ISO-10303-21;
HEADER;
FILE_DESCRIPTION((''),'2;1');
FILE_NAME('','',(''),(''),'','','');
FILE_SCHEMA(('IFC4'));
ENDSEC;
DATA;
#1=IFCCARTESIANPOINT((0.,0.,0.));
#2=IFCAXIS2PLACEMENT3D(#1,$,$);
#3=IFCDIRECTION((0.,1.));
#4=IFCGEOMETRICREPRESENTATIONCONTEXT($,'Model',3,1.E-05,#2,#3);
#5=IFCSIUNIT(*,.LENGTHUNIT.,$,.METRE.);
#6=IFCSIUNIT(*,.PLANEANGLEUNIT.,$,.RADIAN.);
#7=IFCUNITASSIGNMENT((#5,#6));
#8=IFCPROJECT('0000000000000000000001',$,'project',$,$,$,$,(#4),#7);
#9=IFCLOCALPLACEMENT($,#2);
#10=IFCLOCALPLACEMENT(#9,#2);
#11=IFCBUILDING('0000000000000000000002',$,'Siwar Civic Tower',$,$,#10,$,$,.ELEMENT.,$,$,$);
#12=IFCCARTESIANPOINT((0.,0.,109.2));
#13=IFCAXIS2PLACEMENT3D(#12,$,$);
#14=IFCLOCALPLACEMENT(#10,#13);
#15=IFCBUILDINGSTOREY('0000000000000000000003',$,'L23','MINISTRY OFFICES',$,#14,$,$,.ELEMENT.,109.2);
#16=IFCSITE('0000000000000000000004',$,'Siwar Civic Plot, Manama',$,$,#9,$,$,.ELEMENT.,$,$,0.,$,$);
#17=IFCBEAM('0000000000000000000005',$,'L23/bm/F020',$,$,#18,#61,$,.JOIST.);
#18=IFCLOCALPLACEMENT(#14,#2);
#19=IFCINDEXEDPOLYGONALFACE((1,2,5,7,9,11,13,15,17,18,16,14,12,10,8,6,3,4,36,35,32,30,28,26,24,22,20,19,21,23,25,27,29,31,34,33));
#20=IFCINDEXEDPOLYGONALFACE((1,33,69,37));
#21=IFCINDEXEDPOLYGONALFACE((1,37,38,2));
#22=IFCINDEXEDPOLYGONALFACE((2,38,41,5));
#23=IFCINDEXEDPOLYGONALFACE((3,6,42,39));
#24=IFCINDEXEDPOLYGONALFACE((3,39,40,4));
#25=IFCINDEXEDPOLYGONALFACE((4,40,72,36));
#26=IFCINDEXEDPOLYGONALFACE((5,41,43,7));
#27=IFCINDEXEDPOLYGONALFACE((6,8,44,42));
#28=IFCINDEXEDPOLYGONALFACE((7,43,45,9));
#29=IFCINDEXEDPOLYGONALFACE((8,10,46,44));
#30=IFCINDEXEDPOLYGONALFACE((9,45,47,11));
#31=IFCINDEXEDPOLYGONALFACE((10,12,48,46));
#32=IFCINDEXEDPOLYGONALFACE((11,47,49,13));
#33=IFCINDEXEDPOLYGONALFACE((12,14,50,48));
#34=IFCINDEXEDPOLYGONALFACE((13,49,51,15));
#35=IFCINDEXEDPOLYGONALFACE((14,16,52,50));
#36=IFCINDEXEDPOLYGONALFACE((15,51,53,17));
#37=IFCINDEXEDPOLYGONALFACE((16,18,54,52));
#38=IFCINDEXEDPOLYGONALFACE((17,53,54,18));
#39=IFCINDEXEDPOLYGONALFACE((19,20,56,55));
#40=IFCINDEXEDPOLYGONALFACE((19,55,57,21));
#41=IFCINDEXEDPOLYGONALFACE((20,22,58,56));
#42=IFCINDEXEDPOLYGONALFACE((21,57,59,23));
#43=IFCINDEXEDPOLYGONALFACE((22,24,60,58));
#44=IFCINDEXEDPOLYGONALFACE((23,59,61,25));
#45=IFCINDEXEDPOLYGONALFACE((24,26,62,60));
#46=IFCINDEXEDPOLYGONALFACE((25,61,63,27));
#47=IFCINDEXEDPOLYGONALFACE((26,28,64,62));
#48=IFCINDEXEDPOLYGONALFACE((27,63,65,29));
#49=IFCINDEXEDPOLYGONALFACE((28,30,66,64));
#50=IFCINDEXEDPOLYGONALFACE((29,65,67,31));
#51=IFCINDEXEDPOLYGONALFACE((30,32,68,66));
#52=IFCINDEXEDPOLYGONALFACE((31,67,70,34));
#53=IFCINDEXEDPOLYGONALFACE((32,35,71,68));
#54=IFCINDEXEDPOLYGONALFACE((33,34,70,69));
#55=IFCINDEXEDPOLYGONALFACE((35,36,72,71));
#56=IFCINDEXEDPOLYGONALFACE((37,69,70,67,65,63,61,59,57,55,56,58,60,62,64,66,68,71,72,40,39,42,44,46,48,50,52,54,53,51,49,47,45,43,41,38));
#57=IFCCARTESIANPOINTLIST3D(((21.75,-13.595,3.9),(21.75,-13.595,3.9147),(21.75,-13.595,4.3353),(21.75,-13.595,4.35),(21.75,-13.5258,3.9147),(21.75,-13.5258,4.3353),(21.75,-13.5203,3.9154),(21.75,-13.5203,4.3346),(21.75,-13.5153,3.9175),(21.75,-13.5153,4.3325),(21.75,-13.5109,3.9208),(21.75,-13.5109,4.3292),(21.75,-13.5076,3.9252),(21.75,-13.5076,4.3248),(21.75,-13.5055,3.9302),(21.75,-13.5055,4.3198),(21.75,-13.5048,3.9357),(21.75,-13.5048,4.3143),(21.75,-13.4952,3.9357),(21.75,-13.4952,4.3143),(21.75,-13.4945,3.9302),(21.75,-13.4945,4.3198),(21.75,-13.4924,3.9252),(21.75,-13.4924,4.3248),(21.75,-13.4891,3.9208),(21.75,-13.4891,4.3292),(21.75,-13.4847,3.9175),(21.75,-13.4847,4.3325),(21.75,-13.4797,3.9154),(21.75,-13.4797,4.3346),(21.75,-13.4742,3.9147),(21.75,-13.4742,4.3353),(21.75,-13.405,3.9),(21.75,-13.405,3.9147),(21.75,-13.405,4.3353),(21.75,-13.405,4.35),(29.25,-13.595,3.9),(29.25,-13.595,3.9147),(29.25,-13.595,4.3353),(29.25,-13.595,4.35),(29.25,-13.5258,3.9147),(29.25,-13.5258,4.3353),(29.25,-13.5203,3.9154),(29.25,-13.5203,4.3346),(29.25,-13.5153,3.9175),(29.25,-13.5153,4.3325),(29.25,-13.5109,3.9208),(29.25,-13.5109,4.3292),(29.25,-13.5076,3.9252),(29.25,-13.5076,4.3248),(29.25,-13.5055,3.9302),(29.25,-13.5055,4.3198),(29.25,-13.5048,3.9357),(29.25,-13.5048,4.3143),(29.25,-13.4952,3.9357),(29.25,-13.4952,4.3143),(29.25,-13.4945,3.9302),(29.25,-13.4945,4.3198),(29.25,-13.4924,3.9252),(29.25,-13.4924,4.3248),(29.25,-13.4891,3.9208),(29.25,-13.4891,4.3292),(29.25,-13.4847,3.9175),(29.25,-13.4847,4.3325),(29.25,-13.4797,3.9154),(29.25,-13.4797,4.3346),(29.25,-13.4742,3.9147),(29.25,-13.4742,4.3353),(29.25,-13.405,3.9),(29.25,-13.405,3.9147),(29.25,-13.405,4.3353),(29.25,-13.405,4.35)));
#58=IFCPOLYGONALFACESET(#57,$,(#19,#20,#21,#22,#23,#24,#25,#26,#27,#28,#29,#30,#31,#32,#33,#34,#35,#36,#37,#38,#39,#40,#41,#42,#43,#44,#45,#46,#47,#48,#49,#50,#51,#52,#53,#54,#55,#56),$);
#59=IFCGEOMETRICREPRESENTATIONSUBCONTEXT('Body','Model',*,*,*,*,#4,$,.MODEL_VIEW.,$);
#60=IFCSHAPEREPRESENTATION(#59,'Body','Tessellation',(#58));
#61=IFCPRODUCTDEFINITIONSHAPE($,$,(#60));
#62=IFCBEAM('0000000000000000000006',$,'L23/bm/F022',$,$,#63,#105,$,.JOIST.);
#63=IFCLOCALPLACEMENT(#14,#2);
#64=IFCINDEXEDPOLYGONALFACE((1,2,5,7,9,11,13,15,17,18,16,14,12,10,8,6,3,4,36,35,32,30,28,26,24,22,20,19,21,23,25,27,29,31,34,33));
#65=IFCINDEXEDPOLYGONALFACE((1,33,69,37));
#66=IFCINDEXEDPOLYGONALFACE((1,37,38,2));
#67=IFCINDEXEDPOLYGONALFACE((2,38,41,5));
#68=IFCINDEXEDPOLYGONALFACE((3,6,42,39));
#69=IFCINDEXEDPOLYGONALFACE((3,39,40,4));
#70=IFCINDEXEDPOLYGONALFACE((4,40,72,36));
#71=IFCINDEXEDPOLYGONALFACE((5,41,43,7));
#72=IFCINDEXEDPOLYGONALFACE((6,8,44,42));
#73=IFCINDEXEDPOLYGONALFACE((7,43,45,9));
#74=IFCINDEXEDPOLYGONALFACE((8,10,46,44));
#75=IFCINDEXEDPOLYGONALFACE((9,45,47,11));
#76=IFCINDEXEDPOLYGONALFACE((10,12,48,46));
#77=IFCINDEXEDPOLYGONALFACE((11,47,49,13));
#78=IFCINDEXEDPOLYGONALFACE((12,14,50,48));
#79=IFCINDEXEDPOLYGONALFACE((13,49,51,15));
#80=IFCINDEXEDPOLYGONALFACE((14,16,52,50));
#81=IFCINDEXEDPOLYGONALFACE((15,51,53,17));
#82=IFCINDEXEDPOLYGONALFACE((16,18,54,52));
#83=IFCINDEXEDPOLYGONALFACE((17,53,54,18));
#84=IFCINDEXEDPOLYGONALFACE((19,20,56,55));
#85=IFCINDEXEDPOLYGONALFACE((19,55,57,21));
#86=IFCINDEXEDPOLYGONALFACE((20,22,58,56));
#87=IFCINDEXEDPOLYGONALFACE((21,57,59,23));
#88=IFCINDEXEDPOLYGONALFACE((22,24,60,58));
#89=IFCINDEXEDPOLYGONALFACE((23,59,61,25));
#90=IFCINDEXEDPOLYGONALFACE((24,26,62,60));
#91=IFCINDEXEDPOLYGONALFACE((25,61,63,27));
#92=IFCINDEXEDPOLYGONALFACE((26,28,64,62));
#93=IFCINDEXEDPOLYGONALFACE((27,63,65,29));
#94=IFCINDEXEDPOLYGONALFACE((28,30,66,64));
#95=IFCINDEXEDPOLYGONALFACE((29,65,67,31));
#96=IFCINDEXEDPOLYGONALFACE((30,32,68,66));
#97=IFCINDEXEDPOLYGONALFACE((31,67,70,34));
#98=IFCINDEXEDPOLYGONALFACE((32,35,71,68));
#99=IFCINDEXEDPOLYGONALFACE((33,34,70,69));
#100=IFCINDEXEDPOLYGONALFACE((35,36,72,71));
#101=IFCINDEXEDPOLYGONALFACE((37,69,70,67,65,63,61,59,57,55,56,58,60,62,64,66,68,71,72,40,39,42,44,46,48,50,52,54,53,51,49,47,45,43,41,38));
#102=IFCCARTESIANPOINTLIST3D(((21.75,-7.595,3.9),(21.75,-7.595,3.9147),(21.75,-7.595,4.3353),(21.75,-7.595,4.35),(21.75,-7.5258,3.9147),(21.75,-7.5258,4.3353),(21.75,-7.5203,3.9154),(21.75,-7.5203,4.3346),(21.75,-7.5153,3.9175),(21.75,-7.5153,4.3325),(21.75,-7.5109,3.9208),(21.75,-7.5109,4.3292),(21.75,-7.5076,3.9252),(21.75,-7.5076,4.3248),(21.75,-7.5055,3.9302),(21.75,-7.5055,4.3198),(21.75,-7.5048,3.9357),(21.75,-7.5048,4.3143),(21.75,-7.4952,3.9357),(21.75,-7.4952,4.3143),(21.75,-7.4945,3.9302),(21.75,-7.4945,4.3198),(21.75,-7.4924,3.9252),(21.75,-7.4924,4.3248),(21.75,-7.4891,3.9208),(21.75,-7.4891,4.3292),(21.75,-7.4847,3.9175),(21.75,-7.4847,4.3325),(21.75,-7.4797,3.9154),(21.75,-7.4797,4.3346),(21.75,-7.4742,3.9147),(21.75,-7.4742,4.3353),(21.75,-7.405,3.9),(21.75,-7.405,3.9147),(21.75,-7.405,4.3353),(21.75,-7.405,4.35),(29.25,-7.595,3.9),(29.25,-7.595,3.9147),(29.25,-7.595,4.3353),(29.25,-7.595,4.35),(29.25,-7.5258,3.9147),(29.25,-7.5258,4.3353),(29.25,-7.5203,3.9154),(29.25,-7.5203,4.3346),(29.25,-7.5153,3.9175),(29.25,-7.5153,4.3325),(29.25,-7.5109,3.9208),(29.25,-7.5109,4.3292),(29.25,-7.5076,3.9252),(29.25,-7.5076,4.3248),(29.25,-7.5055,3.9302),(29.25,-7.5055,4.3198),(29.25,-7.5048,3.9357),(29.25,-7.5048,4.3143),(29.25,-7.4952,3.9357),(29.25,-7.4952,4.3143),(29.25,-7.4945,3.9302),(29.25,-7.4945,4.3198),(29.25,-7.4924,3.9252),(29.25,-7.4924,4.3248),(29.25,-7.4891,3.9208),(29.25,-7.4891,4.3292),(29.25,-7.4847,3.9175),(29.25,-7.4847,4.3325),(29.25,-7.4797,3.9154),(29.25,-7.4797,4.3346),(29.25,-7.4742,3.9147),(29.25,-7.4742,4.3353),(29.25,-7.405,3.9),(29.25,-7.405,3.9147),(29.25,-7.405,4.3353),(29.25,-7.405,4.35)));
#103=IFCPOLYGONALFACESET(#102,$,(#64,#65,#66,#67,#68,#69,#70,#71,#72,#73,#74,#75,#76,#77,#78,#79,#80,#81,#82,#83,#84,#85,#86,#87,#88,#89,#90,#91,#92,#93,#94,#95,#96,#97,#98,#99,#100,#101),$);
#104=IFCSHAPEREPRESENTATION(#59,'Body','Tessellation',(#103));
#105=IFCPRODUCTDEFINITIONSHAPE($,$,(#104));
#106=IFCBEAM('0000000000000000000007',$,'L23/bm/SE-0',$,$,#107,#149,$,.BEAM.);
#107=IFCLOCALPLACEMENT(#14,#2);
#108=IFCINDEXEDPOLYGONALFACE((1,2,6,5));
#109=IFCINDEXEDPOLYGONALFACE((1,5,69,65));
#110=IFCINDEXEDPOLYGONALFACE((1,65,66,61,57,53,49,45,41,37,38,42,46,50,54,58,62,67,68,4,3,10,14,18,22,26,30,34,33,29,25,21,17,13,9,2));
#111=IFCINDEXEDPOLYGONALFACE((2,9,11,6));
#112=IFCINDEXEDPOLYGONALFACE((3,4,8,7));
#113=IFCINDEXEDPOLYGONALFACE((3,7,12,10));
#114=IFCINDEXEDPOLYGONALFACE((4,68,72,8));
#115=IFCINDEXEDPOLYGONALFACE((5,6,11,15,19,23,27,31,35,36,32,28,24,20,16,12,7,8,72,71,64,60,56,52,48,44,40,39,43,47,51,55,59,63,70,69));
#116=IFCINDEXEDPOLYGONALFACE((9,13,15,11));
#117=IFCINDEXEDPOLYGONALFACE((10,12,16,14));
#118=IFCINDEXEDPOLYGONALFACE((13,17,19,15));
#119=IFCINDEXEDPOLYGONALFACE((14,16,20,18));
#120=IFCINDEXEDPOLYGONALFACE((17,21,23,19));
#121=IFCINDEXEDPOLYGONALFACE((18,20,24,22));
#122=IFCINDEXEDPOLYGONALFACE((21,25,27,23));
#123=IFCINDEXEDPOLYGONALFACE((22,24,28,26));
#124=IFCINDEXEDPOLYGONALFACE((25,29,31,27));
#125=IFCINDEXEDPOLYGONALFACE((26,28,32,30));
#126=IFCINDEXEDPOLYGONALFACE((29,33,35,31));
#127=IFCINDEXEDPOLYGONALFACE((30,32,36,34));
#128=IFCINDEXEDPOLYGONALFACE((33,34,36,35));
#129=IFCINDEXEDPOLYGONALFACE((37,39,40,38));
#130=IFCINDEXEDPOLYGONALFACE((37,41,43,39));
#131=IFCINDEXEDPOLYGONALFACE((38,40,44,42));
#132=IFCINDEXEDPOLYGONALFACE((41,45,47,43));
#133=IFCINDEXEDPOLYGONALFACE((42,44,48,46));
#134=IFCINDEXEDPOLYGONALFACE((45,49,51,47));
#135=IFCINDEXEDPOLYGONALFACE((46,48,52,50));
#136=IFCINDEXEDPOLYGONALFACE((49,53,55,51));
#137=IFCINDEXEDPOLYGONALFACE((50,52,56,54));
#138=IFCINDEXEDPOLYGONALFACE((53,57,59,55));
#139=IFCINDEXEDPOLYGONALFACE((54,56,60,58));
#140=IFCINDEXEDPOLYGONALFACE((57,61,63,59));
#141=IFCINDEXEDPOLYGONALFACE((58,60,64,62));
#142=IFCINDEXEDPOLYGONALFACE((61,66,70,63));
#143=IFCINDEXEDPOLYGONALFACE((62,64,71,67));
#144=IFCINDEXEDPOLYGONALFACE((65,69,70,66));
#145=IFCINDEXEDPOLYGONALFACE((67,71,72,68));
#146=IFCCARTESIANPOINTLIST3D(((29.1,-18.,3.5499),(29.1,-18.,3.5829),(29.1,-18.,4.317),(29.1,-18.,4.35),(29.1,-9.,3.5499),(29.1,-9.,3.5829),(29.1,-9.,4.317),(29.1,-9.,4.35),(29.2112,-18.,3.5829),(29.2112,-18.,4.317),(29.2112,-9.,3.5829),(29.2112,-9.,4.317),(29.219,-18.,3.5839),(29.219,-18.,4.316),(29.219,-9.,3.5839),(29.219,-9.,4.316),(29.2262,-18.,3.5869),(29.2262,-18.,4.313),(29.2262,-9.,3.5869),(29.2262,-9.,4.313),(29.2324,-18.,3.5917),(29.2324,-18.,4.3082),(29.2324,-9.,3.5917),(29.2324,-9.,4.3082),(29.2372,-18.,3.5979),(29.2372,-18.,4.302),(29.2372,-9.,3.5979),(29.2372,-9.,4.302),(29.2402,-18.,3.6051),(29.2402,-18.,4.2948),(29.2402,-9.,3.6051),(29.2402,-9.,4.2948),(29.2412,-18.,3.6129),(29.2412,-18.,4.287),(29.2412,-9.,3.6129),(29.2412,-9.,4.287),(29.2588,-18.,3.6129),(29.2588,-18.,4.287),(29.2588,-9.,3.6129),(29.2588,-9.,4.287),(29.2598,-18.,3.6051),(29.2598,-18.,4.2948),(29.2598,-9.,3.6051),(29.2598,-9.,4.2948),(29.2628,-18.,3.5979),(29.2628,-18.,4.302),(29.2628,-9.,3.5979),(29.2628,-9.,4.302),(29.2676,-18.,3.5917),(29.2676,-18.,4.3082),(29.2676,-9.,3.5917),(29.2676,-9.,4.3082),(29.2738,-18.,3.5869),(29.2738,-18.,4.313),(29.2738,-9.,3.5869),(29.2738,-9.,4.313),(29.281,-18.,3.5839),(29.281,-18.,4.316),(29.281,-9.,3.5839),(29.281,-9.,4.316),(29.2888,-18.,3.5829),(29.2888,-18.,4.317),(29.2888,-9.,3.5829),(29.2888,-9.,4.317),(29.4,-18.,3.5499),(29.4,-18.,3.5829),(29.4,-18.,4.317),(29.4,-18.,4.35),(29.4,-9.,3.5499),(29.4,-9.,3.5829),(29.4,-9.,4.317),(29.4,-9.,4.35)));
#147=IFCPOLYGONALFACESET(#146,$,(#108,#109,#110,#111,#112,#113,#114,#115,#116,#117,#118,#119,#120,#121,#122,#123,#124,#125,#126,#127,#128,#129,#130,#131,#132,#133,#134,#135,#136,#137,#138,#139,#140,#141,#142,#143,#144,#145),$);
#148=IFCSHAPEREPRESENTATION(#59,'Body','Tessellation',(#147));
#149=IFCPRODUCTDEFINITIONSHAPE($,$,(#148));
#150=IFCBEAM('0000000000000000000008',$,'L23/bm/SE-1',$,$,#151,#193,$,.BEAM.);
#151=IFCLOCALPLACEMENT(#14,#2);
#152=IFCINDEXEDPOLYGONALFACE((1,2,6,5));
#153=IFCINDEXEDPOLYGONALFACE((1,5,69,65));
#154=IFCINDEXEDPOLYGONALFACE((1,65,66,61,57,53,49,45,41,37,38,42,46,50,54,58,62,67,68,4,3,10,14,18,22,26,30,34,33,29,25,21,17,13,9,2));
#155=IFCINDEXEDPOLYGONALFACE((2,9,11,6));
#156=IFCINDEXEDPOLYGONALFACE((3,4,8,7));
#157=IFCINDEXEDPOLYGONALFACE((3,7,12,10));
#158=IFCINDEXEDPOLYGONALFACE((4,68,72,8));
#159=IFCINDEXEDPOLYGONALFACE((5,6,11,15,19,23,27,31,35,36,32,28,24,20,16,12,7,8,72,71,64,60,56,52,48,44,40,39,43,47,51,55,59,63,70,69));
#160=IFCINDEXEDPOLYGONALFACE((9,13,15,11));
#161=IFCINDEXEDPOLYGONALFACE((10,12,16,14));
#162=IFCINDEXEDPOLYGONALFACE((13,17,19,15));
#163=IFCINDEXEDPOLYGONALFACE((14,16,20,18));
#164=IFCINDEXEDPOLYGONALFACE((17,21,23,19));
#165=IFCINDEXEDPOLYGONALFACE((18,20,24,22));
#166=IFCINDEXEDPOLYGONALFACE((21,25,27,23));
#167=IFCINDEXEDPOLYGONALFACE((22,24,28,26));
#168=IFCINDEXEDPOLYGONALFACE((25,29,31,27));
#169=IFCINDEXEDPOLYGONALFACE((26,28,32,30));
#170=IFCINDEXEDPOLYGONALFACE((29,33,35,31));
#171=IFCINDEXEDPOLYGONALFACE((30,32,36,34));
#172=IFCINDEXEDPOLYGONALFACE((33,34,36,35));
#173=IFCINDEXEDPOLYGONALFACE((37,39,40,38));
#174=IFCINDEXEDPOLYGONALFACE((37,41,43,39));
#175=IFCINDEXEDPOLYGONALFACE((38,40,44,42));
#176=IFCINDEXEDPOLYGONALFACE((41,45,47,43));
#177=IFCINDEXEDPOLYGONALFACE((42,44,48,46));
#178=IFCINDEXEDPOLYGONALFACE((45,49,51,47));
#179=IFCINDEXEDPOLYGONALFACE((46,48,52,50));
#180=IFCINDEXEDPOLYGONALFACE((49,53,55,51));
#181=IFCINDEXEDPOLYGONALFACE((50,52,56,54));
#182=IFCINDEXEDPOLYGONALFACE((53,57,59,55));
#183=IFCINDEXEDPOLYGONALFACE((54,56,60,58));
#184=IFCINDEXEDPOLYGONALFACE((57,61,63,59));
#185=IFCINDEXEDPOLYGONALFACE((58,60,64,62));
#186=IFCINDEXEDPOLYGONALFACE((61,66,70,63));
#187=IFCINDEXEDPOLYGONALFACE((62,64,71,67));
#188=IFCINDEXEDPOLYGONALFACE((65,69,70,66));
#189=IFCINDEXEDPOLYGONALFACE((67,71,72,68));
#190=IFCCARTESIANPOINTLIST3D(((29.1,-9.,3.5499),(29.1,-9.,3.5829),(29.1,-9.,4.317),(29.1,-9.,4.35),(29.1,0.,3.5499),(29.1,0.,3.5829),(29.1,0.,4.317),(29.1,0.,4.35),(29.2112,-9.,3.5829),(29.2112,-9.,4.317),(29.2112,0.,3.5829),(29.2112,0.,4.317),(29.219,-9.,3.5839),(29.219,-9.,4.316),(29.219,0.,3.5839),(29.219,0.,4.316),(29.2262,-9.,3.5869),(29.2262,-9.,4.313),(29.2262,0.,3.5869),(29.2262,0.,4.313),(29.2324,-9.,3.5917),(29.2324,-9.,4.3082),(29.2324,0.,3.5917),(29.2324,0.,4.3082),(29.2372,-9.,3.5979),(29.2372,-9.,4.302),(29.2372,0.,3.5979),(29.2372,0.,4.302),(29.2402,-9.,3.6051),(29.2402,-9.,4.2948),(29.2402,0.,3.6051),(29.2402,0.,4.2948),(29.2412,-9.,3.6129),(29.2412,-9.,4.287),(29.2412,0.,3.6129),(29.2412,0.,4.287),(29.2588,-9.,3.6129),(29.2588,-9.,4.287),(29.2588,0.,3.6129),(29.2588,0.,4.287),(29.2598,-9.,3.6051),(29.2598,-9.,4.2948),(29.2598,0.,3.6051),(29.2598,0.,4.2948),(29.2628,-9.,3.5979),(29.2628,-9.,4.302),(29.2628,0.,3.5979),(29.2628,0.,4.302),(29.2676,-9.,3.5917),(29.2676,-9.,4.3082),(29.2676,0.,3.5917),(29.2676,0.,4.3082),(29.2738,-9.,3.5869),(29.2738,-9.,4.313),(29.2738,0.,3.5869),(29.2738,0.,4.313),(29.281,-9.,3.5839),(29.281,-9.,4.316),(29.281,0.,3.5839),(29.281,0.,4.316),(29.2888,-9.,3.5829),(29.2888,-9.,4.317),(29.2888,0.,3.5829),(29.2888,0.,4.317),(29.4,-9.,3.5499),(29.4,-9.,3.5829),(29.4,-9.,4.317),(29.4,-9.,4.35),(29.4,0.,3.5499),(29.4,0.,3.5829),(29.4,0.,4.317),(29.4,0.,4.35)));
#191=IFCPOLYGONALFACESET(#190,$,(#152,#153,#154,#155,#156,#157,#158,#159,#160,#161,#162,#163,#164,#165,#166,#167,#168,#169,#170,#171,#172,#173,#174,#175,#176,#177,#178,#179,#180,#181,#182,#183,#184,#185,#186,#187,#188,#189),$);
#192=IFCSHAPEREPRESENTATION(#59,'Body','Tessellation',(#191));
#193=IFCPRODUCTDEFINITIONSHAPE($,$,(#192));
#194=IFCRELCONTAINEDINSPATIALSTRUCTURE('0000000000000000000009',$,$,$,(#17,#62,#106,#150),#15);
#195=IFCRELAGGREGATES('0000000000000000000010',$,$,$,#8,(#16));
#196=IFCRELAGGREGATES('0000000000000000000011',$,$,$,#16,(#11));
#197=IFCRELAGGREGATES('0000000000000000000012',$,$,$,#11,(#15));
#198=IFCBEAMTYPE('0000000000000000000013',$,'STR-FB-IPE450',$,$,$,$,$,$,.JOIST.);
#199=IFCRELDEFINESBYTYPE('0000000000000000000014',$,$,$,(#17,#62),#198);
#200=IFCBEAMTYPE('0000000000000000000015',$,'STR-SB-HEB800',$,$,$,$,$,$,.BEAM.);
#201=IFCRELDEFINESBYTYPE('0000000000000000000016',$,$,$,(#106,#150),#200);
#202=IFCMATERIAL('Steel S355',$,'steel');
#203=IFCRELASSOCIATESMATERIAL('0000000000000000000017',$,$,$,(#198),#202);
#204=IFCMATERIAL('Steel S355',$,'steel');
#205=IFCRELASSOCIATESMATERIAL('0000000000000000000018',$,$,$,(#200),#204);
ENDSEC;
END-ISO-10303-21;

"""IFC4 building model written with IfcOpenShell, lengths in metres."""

from ifc_helpers import new_model, si_unit, direction, frame, origin, origin_2d, place, context, subcontext, project, spatial, i_section, extrude, material, material_profile, profile_set, type_object, element, save


model = new_model("IFC4")

# Units and contexts
model_context = context("Model", 3, precision=1e-05, world=origin(), true_north=direction((0.0, 1.0)))
body_context = subcontext(model_context, "Body", "Model", "MODEL_VIEW")
ifc_project = project(units=[si_unit("LENGTHUNIT", "METRE"), si_unit("PLANEANGLEUNIT", "RADIAN")], contexts=[model_context])

# Site, building, storey
site_placement = place(None, origin())
site = spatial("IfcSite", under=ifc_project, at=site_placement, Name="Siwar Civic Plot, Manama", CompositionType="ELEMENT", RefElevation=0.0)
building_placement = place(site_placement, origin())
building = spatial("IfcBuilding", under=site, at=building_placement, Name="Siwar Civic Tower", CompositionType="ELEMENT")
storey_placement = place(building_placement, frame((0.0, 0.0, 109.2)))
storey = spatial("IfcBuildingStorey", under=building, at=storey_placement, Name="L23", Description="MINISTRY OFFICES", CompositionType="ELEMENT", Elevation=109.2)

# Beams
ifc_material_1 = material(Name="Steel S355", Category="steel")
ifc_material_profile_1 = material_profile(ifc_material_1, i_section(OverallWidth=0.1899, OverallDepth=0.45, WebThickness=0.0095, FlangeThickness=0.0146, FilletRadius=0.021, at=origin_2d()), Name="IPE450")
ifc_profile_set_1 = profile_set([ifc_material_profile_1], Name="Steel S355")
beam_type_1 = type_object("IfcBeamType", Name="STR-FB-IPE450", PredefinedType="JOIST", material=ifc_profile_set_1)
for number, where, z_axis, x_axis, name in (
    (1, (21.75, -13.5, 4.125), (1.0, 0.0, 0.0), (0.0, 1.0, 0.0), "L23/bm/F020"),
    (2, (21.75, -7.5, 4.125), (1.0, 0.0, 0.0), (0.0, 1.0, 0.0), "L23/bm/F022"),
):
    element("IfcBeam", number, at=place(storey_placement, frame(where, z_axis=z_axis, x_axis=x_axis)), inside=storey, type_object=beam_type_1, Name=name, PredefinedType="JOIST", context=body_context, shape_type="SweptSolid", body=[
        extrude(i_section(OverallWidth=0.1899, OverallDepth=0.45, WebThickness=0.0095, FlangeThickness=0.0146, FilletRadius=0.021, at=origin_2d()), origin(), (0.0, 0.0, 1.0), 7.5),
    ])
ifc_material_2 = material(Name="Steel S355", Category="steel")
ifc_material_profile_2 = material_profile(ifc_material_2, i_section(OverallWidth=0.3, OverallDepth=0.8, WebThickness=0.0176, FlangeThickness=0.033, FilletRadius=0.03, at=origin_2d()), Name="HEB800")
ifc_profile_set_2 = profile_set([ifc_material_profile_2], Name="Steel S355")
beam_type_2 = type_object("IfcBeamType", Name="STR-SB-HEB800", PredefinedType="BEAM", material=ifc_profile_set_2)
for number, where, z_axis, x_axis, name in (
    (3, (29.25, -18.0, 3.95), (0.0, 1.0, 0.0), (-1.0, 0.0, 0.0), "L23/bm/SE-0"),
    (4, (29.25, -9.0, 3.95), (0.0, 1.0, 0.0), (-1.0, 0.0, 0.0), "L23/bm/SE-1"),
):
    element("IfcBeam", number, at=place(storey_placement, frame(where, z_axis=z_axis, x_axis=x_axis)), inside=storey, type_object=beam_type_2, Name=name, PredefinedType="BEAM", context=body_context, shape_type="SweptSolid", body=[
        extrude(i_section(OverallWidth=0.3, OverallDepth=0.8, WebThickness=0.0176, FlangeThickness=0.033, FilletRadius=0.03, at=origin_2d()), origin(), (0.0, 0.0, 1.0), 9.0),
    ])

save(model, "model.ifc")
